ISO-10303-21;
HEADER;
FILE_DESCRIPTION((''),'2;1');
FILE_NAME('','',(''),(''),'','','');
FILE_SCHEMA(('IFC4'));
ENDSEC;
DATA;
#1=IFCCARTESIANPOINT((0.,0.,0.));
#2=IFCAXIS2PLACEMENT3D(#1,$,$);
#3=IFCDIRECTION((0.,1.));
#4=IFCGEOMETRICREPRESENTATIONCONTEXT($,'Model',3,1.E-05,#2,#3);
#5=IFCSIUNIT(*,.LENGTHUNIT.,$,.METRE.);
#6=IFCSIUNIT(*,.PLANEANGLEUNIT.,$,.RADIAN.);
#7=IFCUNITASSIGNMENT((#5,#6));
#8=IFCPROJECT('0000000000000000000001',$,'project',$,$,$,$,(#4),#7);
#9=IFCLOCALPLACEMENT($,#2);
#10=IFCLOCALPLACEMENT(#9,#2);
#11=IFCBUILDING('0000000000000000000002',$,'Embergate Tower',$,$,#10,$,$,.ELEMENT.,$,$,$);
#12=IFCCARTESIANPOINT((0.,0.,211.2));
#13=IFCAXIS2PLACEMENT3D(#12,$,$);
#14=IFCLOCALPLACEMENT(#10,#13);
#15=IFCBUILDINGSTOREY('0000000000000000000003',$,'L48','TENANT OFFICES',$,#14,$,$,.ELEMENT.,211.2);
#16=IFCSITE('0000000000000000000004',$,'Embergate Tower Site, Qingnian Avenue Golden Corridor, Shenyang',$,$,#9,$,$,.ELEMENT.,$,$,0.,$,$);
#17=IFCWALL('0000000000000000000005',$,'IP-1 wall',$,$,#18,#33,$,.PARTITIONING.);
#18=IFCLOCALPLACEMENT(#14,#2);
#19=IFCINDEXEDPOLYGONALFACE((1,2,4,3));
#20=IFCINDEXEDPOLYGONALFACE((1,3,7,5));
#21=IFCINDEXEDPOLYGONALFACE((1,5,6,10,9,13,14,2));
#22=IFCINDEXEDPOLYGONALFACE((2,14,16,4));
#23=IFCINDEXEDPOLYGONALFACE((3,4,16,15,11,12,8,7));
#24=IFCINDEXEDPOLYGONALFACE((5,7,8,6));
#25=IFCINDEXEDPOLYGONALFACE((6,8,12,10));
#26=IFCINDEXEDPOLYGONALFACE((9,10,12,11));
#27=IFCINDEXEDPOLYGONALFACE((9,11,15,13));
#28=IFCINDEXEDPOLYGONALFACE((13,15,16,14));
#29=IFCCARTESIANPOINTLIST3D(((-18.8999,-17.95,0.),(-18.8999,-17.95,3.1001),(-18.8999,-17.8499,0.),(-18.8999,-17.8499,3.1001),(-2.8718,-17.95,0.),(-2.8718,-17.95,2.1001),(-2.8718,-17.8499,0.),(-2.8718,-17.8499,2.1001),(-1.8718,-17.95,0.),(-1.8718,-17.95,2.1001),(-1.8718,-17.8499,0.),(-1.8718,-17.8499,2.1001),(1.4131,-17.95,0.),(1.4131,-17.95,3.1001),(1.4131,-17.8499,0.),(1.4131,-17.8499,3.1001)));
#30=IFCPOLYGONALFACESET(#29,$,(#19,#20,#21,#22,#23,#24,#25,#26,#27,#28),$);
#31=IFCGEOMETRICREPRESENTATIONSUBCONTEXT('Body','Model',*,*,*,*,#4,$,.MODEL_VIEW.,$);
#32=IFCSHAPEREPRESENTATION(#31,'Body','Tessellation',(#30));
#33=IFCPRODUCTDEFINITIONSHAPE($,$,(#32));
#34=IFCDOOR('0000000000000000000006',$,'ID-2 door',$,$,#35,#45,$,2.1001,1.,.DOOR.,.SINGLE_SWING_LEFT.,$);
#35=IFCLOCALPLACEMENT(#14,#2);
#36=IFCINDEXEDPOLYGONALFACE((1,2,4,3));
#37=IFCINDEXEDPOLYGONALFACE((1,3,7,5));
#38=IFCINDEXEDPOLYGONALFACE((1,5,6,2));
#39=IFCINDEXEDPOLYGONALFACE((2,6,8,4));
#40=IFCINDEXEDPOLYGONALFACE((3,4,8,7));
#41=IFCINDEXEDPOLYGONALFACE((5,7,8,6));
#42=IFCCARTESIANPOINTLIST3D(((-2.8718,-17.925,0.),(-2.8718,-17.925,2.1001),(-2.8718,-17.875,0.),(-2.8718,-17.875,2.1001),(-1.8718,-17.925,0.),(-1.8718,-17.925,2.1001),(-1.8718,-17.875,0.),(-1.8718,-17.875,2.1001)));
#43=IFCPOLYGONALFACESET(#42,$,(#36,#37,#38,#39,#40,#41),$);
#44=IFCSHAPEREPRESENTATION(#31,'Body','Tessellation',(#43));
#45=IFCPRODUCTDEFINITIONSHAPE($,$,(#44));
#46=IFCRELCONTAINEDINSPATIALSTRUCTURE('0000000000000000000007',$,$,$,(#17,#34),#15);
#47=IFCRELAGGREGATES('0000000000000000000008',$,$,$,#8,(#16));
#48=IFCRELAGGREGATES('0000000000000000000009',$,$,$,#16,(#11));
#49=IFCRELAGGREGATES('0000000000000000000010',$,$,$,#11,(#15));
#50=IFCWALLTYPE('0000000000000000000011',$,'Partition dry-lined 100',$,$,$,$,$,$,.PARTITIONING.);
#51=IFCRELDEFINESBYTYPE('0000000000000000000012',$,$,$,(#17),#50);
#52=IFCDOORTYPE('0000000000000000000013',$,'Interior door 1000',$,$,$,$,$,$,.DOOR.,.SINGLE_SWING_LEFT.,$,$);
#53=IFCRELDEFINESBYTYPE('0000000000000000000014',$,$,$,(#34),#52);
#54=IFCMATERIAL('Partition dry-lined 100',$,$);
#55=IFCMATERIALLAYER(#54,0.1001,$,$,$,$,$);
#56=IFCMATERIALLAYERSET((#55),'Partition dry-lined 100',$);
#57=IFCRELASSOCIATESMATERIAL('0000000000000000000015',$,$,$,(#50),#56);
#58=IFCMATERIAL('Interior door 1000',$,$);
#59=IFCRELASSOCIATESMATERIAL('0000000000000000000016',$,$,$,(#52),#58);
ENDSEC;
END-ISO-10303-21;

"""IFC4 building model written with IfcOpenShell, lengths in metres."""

from ifc_helpers import new_model, si_unit, direction, frame, frame_2d, origin, place, context, subcontext, project, spatial, rectangle, extrude, source, transform, mapped, material, layer, layer_set, type_object, element, fill, save


model = new_model("IFC4")

# Units and contexts
model_context = context("Model", 3, precision=1e-05, world=origin(), true_north=direction((0.0, 1.0)))
body_context = subcontext(model_context, "Body", "Model", "MODEL_VIEW")
ifc_project = project(units=[si_unit("LENGTHUNIT", "METRE"), si_unit("PLANEANGLEUNIT", "RADIAN")], contexts=[model_context])

# Site, building, storey
site_placement = place(None, origin())
site = spatial("IfcSite", under=ifc_project, at=site_placement, Name="Embergate Tower Site, Qingnian Avenue Golden Corridor, Shenyang", CompositionType="ELEMENT", RefElevation=0.0)
building_placement = place(site_placement, origin())
building = spatial("IfcBuilding", under=site, at=building_placement, Name="Embergate Tower", CompositionType="ELEMENT")
storey_placement = place(building_placement, frame((0.0, 0.0, 211.2)))
storey = spatial("IfcBuildingStorey", under=building, at=storey_placement, Name="L48", Description="TENANT OFFICES", CompositionType="ELEMENT", Elevation=211.2)

# Wall, opening, door
ifc_material_1 = material(Name="Partition dry-lined 100")
ifc_layer_1 = layer(ifc_material_1, 0.1001)
ifc_layer_set_1 = layer_set([ifc_layer_1], Name="Partition dry-lined 100")
wall_type_1 = type_object("IfcWallType", Name="Partition dry-lined 100", PredefinedType="PARTITIONING", material=ifc_layer_set_1)
shared_shape_1 = source(origin(), body_context, "Body", "SweptSolid", [
    extrude(rectangle(XDim=20.313, YDim=0.1001, at=frame_2d((10.1565, 0.0))), origin(), (0.0, 0.0, 1.0), 3.1001),
])
wall_1_placement = place(storey_placement, frame((-18.8999, -17.8999, 0.0), z_axis=(0.0, 0.0, 1.0), x_axis=(1.0, 0.0, 0.0)))
wall_1 = element("IfcWall", 1, at=wall_1_placement, inside=storey, type_object=wall_type_1, Name="IP-1 wall", PredefinedType="PARTITIONING", context=body_context, shape_type="MappedRepresentation", body=[
    mapped(shared_shape_1, transform((0.0, 0.0, 0.0))),
])
shared_shape_2 = source(origin(), body_context, "Body", "SweptSolid", [
    extrude(rectangle(XDim=1.0, YDim=2.1001, at=frame_2d((0.5, 1.05))), frame((0.0, 0.0601, 0.0), z_axis=(0.0, -1.0, 0.0), x_axis=(1.0, 0.0, 0.0)), (0.0, 0.0, 1.0), 0.1201),
])
opening_1_placement = place(wall_1_placement, frame((16.0281, 0.0, 0.0)))
opening_1 = element("IfcOpeningElement", 2, at=opening_1_placement, cuts=wall_1, PredefinedType="OPENING", context=body_context, shape_type="MappedRepresentation", body=[
    mapped(shared_shape_2, transform((0.0, 0.0, 0.0))),
])
ifc_material_2 = material(Name="Interior door 1000")
door_type_1 = type_object("IfcDoorType", Name="Interior door 1000", OperationType="SINGLE_SWING_LEFT", PredefinedType="DOOR", material=ifc_material_2)
shared_shape_3 = source(origin(), body_context, "Body", "SweptSolid", [
    extrude(rectangle(XDim=1.0, YDim=2.1001, at=frame_2d((0.5, 1.05))), frame((0.0, 0.0249, 0.0), z_axis=(0.0, -1.0, 0.0), x_axis=(1.0, 0.0, 0.0)), (0.0, 0.0, 1.0), 0.05),
])
door_1_placement = place(opening_1_placement, origin())
door_1 = element("IfcDoor", 3, at=door_1_placement, inside=storey, type_object=door_type_1, Name="ID-2 door", OperationType="SINGLE_SWING_LEFT", OverallHeight=2.1001, OverallWidth=1.0, PredefinedType="DOOR", context=body_context, shape_type="MappedRepresentation", body=[
    mapped(shared_shape_3, transform((0.0, 0.0, 0.0))),
])
fill(opening_1, door_1)

save(model, "model.ifc")
